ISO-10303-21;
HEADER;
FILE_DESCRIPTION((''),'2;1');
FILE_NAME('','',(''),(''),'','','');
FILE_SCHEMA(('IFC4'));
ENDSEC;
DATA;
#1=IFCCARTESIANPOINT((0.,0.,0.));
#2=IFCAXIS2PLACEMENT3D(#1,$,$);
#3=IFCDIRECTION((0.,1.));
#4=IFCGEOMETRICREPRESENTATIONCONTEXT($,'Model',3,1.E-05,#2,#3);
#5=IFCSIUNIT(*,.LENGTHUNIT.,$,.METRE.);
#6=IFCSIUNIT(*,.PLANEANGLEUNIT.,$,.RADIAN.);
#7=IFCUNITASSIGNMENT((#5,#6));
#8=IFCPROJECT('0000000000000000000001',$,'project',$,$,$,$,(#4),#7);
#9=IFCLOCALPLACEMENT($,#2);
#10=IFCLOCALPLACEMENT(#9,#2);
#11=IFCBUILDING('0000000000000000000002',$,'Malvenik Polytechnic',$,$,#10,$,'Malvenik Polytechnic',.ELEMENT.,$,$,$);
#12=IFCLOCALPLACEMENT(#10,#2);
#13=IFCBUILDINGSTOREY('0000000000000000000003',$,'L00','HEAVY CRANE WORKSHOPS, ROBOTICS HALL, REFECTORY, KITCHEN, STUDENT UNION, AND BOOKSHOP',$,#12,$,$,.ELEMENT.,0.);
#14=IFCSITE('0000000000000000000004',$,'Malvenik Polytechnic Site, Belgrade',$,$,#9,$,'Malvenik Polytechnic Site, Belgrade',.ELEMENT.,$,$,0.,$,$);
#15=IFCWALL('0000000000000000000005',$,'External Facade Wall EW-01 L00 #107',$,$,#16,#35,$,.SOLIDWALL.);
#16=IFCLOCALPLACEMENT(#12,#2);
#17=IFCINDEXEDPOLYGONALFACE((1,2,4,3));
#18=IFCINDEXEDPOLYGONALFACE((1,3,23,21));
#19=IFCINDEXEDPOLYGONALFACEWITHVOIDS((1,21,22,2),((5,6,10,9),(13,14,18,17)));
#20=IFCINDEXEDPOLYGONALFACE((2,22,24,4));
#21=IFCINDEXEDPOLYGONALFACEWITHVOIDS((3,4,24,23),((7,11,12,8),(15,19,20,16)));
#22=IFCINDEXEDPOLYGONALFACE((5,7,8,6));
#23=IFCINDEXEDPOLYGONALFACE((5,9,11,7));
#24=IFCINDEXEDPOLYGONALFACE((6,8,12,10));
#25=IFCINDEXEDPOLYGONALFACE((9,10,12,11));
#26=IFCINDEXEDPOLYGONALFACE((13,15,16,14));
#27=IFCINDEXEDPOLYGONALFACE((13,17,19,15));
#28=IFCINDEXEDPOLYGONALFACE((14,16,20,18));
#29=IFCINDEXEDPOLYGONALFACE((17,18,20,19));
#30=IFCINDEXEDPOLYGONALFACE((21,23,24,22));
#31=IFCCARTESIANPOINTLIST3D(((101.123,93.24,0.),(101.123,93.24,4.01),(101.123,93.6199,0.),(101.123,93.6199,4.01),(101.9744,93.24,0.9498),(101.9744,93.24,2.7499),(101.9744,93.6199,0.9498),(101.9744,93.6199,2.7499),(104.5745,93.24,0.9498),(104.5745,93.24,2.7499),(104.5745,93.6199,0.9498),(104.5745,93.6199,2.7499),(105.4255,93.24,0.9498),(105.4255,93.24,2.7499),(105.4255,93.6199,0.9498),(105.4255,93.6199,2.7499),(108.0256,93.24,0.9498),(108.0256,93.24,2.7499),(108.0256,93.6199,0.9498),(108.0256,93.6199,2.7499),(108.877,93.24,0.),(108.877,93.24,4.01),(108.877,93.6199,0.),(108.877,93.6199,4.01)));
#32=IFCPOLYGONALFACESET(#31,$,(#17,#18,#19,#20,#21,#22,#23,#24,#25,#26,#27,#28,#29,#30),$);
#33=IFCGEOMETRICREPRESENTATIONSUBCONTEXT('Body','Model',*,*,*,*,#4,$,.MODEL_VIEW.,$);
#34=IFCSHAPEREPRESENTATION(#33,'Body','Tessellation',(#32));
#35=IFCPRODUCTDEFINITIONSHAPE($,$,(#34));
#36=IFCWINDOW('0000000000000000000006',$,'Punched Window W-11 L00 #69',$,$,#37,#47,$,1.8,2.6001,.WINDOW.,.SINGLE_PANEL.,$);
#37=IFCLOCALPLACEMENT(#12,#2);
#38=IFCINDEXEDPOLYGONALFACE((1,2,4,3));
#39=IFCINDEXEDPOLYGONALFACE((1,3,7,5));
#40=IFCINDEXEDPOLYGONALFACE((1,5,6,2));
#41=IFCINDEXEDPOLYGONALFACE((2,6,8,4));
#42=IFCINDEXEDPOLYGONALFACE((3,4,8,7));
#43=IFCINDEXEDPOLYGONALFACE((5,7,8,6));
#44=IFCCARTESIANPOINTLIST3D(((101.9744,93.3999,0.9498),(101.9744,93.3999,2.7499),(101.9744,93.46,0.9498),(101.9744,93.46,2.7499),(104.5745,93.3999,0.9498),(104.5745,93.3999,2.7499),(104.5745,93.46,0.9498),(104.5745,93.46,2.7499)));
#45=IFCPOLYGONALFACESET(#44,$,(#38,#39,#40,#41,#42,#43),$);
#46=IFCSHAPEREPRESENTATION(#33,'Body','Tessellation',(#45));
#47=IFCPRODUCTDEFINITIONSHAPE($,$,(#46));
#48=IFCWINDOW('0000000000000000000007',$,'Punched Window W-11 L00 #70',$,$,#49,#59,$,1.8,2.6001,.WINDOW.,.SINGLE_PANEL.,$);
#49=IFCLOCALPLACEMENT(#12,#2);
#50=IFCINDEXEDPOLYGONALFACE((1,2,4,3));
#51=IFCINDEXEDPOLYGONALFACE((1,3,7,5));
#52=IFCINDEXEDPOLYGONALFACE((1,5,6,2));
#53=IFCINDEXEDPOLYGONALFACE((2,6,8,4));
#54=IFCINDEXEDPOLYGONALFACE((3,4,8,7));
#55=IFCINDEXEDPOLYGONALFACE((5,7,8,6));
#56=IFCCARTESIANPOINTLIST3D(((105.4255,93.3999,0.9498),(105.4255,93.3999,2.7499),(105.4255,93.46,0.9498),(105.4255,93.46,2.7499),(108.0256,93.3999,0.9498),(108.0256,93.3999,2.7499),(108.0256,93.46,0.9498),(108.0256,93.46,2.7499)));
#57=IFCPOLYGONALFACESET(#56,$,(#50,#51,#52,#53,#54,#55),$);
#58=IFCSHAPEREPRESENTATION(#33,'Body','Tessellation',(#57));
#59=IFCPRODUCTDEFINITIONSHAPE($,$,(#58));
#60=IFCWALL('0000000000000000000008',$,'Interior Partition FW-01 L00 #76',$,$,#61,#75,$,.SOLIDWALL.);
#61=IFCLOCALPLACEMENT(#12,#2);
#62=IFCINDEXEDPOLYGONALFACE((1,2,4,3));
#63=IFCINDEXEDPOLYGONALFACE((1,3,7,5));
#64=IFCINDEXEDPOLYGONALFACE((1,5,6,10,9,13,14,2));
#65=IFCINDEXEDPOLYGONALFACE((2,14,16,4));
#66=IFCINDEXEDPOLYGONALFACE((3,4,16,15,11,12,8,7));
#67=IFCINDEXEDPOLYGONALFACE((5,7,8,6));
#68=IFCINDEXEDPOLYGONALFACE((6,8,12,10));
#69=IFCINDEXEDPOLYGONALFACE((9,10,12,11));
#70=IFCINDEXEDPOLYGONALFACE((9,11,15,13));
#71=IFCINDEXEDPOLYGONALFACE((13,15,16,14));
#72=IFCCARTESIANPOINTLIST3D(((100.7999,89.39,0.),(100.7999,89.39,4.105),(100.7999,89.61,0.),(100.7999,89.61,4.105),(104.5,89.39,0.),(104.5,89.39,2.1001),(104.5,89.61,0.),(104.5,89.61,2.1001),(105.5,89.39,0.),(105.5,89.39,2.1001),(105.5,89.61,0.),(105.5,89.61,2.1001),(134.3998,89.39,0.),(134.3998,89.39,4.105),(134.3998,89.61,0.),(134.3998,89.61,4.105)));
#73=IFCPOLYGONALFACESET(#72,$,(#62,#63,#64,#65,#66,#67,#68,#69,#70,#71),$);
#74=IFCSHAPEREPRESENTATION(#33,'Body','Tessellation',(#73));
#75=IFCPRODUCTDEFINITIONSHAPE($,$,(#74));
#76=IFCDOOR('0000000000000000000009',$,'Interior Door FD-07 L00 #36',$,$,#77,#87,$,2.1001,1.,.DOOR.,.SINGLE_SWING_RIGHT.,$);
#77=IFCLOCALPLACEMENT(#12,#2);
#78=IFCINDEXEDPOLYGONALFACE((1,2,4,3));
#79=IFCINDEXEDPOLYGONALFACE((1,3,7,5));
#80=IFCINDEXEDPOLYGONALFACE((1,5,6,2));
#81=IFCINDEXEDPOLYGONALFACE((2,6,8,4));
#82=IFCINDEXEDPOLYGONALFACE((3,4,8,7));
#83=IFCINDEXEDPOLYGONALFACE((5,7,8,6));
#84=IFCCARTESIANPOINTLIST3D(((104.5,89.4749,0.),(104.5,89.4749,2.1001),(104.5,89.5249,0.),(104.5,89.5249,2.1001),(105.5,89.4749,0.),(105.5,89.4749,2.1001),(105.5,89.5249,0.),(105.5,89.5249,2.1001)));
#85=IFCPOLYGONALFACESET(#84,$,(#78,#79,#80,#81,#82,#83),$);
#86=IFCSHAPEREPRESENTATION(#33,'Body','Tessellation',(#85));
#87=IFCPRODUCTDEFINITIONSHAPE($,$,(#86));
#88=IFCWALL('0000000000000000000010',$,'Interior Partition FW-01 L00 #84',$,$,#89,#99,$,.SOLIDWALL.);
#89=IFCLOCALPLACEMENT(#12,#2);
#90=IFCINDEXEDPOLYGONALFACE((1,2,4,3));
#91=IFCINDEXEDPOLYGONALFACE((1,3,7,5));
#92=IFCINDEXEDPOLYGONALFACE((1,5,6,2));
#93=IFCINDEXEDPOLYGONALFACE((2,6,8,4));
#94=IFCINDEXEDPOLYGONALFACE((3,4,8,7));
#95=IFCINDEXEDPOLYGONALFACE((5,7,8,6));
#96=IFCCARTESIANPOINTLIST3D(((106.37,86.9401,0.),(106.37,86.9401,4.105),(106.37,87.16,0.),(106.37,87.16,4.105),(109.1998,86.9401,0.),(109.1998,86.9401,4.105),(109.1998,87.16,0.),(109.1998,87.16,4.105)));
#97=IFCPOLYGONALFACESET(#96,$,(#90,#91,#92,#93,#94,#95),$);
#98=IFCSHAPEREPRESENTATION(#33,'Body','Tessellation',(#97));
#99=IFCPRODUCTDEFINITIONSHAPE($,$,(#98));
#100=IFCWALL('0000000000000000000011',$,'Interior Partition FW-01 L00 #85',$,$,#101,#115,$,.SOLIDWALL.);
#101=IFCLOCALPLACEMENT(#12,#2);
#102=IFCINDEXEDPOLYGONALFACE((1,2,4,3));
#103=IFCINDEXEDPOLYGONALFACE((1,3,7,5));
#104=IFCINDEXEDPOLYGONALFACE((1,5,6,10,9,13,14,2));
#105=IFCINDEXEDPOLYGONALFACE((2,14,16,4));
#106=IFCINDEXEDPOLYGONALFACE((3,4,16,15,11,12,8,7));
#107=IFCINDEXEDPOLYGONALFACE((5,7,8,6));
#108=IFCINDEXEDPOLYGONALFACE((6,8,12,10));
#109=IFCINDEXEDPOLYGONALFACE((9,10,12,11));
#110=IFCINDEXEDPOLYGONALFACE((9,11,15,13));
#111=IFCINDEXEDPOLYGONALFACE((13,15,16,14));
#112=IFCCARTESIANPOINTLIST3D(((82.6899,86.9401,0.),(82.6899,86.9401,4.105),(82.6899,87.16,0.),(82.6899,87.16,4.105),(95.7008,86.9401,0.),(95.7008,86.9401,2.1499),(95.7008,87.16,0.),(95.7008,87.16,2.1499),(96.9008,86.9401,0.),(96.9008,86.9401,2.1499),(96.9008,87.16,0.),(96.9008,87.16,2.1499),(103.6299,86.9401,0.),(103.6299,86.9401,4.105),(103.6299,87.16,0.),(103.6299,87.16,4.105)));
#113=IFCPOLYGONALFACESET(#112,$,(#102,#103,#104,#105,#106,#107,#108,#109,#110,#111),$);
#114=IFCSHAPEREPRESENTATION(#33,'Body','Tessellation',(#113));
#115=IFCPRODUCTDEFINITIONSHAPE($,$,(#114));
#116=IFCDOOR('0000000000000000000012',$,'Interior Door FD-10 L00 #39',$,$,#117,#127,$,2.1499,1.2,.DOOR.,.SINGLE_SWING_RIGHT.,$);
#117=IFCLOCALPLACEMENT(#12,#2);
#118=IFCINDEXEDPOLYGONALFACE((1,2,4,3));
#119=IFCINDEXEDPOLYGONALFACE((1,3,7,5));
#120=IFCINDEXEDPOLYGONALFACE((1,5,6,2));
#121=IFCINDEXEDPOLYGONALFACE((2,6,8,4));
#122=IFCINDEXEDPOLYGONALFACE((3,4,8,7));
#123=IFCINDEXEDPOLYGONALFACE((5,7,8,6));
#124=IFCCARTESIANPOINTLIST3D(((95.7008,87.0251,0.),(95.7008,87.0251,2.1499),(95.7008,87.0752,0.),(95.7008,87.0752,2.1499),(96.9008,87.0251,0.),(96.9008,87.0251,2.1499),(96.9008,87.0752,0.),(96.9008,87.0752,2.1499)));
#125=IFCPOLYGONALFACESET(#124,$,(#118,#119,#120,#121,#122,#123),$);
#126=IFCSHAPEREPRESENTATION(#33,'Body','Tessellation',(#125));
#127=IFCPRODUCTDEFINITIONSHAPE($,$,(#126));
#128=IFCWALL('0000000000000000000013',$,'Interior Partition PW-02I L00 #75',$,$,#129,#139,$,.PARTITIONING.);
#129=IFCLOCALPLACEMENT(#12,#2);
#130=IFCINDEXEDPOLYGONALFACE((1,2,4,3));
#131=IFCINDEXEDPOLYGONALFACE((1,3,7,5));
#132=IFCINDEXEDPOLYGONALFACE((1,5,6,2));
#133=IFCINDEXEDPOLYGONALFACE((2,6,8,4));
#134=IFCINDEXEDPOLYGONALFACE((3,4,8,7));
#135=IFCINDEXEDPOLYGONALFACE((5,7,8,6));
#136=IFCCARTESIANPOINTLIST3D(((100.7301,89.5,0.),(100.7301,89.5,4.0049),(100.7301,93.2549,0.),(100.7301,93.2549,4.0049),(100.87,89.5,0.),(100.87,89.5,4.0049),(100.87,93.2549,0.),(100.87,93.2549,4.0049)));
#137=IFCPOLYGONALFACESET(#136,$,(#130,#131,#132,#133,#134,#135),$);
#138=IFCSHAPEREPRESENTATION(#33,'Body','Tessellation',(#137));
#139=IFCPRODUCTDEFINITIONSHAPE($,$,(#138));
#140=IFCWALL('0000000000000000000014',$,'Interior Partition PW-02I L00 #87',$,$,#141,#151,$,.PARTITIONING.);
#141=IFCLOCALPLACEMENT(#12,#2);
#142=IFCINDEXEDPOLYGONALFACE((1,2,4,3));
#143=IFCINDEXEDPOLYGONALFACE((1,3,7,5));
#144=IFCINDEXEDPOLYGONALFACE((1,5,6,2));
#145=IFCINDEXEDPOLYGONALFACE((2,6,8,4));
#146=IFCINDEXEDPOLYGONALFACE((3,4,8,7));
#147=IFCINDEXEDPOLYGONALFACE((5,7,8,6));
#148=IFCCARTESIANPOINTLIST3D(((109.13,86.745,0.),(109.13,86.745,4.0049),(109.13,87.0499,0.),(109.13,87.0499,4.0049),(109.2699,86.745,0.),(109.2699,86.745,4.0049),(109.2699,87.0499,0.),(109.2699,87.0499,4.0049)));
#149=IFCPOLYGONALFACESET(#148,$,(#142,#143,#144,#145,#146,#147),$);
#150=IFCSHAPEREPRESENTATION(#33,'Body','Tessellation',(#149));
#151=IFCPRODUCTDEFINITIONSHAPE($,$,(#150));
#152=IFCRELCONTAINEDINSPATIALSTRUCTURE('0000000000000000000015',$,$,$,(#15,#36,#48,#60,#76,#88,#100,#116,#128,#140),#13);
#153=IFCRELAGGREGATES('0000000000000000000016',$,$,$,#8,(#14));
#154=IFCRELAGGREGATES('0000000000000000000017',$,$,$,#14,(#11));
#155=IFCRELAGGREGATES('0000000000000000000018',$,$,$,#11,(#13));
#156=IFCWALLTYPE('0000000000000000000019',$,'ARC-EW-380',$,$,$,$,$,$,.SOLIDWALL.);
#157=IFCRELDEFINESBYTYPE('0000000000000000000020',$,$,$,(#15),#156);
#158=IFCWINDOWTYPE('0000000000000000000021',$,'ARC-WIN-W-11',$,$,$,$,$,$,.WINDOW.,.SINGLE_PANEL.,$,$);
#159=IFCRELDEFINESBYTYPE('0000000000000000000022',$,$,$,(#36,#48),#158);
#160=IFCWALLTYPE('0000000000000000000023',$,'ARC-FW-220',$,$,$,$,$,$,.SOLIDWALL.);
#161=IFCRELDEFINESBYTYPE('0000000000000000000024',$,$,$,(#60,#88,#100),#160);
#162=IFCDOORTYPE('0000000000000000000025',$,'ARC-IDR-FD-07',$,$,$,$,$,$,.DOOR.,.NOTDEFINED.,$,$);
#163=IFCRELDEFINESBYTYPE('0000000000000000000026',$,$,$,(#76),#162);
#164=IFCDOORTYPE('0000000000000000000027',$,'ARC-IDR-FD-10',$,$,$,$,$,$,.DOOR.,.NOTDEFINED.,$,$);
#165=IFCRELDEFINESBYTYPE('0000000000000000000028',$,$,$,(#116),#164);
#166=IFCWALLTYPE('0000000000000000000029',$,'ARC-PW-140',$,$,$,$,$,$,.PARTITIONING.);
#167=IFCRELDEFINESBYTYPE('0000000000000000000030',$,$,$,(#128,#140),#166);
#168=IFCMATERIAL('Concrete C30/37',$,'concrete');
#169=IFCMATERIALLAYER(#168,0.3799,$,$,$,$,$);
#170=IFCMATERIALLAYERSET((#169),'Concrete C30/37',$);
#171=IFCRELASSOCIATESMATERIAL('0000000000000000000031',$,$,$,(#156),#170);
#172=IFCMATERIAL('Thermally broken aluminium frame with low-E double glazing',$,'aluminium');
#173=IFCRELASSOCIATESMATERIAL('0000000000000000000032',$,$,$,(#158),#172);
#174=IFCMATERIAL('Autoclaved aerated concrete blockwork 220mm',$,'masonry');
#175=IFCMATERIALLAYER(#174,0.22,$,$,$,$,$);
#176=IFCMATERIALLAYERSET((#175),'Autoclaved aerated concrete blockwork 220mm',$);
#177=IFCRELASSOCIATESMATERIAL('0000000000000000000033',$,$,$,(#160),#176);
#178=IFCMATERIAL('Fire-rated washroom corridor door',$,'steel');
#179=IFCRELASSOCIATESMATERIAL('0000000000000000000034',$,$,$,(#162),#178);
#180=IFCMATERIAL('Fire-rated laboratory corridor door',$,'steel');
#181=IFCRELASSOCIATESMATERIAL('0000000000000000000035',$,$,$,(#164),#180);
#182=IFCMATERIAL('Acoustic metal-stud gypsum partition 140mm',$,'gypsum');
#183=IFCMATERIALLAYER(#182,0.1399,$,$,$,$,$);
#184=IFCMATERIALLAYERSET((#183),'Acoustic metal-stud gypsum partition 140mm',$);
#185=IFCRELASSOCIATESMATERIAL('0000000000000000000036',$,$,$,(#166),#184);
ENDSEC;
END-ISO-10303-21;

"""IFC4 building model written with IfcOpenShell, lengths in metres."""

from ifc_helpers import new_model, si_unit, direction, frame, frame_2d, origin, place, context, subcontext, project, spatial, rectangle, extrude, material, layer, layer_set, type_object, element, fill, save


model = new_model("IFC4")

# Units and contexts
model_context = context("Model", 3, precision=1e-05, world=origin(), true_north=direction((0.0, 1.0)))
body_context = subcontext(model_context, "Body", "Model", "MODEL_VIEW")
ifc_project = project(units=[si_unit("LENGTHUNIT", "METRE"), si_unit("PLANEANGLEUNIT", "RADIAN")], contexts=[model_context])

# Site, building, storey
site_placement = place(None, origin())
site = spatial("IfcSite", under=ifc_project, at=site_placement, Name="Malvenik Polytechnic Site, Belgrade", LongName="Malvenik Polytechnic Site, Belgrade", CompositionType="ELEMENT", RefElevation=0.0)
building_placement = place(site_placement, origin())
building = spatial("IfcBuilding", under=site, at=building_placement, Name="Malvenik Polytechnic", LongName="Malvenik Polytechnic", CompositionType="ELEMENT")
storey_placement = place(building_placement, origin())
storey = spatial("IfcBuildingStorey", under=building, at=storey_placement, Name="L00", Description="HEAVY CRANE WORKSHOPS, ROBOTICS HALL, REFECTORY, KITCHEN, STUDENT UNION, AND BOOKSHOP", CompositionType="ELEMENT", Elevation=0.0)

# Wall, openings, windows
ifc_material_1 = material(Name="Concrete C30/37", Category="concrete")
ifc_layer_1 = layer(ifc_material_1, 0.3799)
ifc_layer_set_1 = layer_set([ifc_layer_1], Name="Concrete C30/37")
wall_type_1 = type_object("IfcWallType", Name="ARC-EW-380", PredefinedType="SOLIDWALL", material=ifc_layer_set_1)
wall_1_placement = place(storey_placement, frame((101.123, 93.4299, 0.0), z_axis=(0.0, 0.0, 1.0), x_axis=(1.0, 0.0, 0.0)))
wall_1 = element("IfcWall", 1, at=wall_1_placement, inside=storey, type_object=wall_type_1, Name="External Facade Wall EW-01 L00 #107", PredefinedType="SOLIDWALL", context=body_context, shape_type="SweptSolid", body=[
    extrude(rectangle(XDim=7.7539, YDim=0.3799, at=frame_2d((3.877, 0.0))), origin(), (0.0, 0.0, 1.0), 4.01),
])
opening_1_placement = place(wall_1_placement, frame((0.8513, 0.0, 0.95)))
opening_1 = element("IfcOpeningElement", 2, at=opening_1_placement, cuts=wall_1, PredefinedType="OPENING", context=body_context, shape_type="SweptSolid", body=[
    extrude(rectangle(XDim=2.6001, YDim=1.8, at=frame_2d((1.3, 0.8999))), frame((0.0, 0.2, 0.0), z_axis=(0.0, -1.0, 0.0), x_axis=(1.0, 0.0, 0.0)), (0.0, 0.0, 1.0), 0.3999),
])
opening_2_placement = place(wall_1_placement, frame((4.3025, 0.0, 0.95)))
opening_2 = element("IfcOpeningElement", 3, at=opening_2_placement, cuts=wall_1, PredefinedType="OPENING", context=body_context, shape_type="SweptSolid", body=[
    extrude(rectangle(XDim=2.6001, YDim=1.8, at=frame_2d((1.3, 0.8999))), frame((0.0, 0.2, 0.0), z_axis=(0.0, -1.0, 0.0), x_axis=(1.0, 0.0, 0.0)), (0.0, 0.0, 1.0), 0.3999),
])
ifc_material_2 = material(Name="Thermally broken aluminium frame with low-E double glazing", Category="aluminium")
window_type = type_object("IfcWindowType", Name="ARC-WIN-W-11", PartitioningType="SINGLE_PANEL", PredefinedType="WINDOW", material=ifc_material_2)
window_1_placement = place(opening_1_placement, origin())
window_1 = element("IfcWindow", 4, at=window_1_placement, inside=storey, type_object=window_type, Name="Punched Window W-11 L00 #69", OverallHeight=1.8, OverallWidth=2.6001, PartitioningType="SINGLE_PANEL", PredefinedType="WINDOW", context=body_context, shape_type="SweptSolid", body=[
    extrude(rectangle(XDim=2.6001, YDim=1.8, at=frame_2d((1.3, 0.8999))), frame((0.0, 0.03, 0.0), z_axis=(0.0, -1.0, 0.0), x_axis=(1.0, 0.0, 0.0)), (0.0, 0.0, 1.0), 0.0601),
])
fill(opening_1, window_1)
window_2_placement = place(opening_2_placement, origin())
window_2 = element("IfcWindow", 5, at=window_2_placement, inside=storey, type_object=window_type, Name="Punched Window W-11 L00 #70", OverallHeight=1.8, OverallWidth=2.6001, PartitioningType="SINGLE_PANEL", PredefinedType="WINDOW", context=body_context, shape_type="SweptSolid", body=[
    extrude(rectangle(XDim=2.6001, YDim=1.8, at=frame_2d((1.3, 0.8999))), frame((0.0, 0.03, 0.0), z_axis=(0.0, -1.0, 0.0), x_axis=(1.0, 0.0, 0.0)), (0.0, 0.0, 1.0), 0.0601),
])
fill(opening_2, window_2)

# Wall, opening, door
ifc_material_3 = material(Name="Autoclaved aerated concrete blockwork 220mm", Category="masonry")
ifc_layer_2 = layer(ifc_material_3, 0.22)
ifc_layer_set_2 = layer_set([ifc_layer_2], Name="Autoclaved aerated concrete blockwork 220mm")
wall_type_2 = type_object("IfcWallType", Name="ARC-FW-220", PredefinedType="SOLIDWALL", material=ifc_layer_set_2)
wall_2_placement = place(storey_placement, frame((100.8, 89.5, 0.0), z_axis=(0.0, 0.0, 1.0), x_axis=(1.0, 0.0, 0.0)))
wall_2 = element("IfcWall", 6, at=wall_2_placement, inside=storey, type_object=wall_type_2, Name="Interior Partition FW-01 L00 #76", PredefinedType="SOLIDWALL", context=body_context, shape_type="SweptSolid", body=[
    extrude(rectangle(XDim=33.5999, YDim=0.22, at=frame_2d((16.7998, 0.0))), origin(), (0.0, 0.0, 1.0), 4.105),
])
opening_3_placement = place(wall_2_placement, frame((3.7, 0.0, 0.0)))
opening_3 = element("IfcOpeningElement", 7, at=opening_3_placement, cuts=wall_2, PredefinedType="OPENING", context=body_context, shape_type="SweptSolid", body=[
    extrude(rectangle(XDim=1.0, YDim=2.1001, at=frame_2d((0.5, 1.05))), frame((0.0, 0.1201, 0.0), z_axis=(0.0, -1.0, 0.0), x_axis=(1.0, 0.0, 0.0)), (0.0, 0.0, 1.0), 0.24),
])
ifc_material_4 = material(Name="Fire-rated washroom corridor door", Category="steel")
door_type_1 = type_object("IfcDoorType", Name="ARC-IDR-FD-07", OperationType="NOTDEFINED", PredefinedType="DOOR", material=ifc_material_4)
door_1_placement = place(opening_3_placement, origin())
door_1 = element("IfcDoor", 8, at=door_1_placement, inside=storey, type_object=door_type_1, Name="Interior Door FD-07 L00 #36", OperationType="SINGLE_SWING_RIGHT", OverallHeight=2.1001, OverallWidth=1.0, PredefinedType="DOOR", context=body_context, shape_type="SweptSolid", body=[
    extrude(rectangle(XDim=1.0, YDim=2.1001, at=frame_2d((0.5, 1.05))), frame((0.0, 0.0249, 0.0), z_axis=(0.0, -1.0, 0.0), x_axis=(1.0, 0.0, 0.0)), (0.0, 0.0, 1.0), 0.05),
])
fill(opening_3, door_1)

# Wall
wall_3_placement = place(storey_placement, frame((109.2, 87.05, 0.0), z_axis=(0.0, 0.0, 1.0), x_axis=(-1.0, 0.0, 0.0)))
element("IfcWall", 9, at=wall_3_placement, inside=storey, type_object=wall_type_2, Name="Interior Partition FW-01 L00 #84", PredefinedType="SOLIDWALL", context=body_context, shape_type="SweptSolid", body=[
    extrude(rectangle(XDim=2.8298, YDim=0.22, at=frame_2d((1.415, 0.0))), origin(), (0.0, 0.0, 1.0), 4.105),
])

# Wall, opening, door
wall_4_placement = place(storey_placement, frame((103.6299, 87.05, 0.0), z_axis=(0.0, 0.0, 1.0), x_axis=(-1.0, 0.0, 0.0)))
wall_4 = element("IfcWall", 10, at=wall_4_placement, inside=storey, type_object=wall_type_2, Name="Interior Partition FW-01 L00 #85", PredefinedType="SOLIDWALL", context=body_context, shape_type="SweptSolid", body=[
    extrude(rectangle(XDim=20.9399, YDim=0.22, at=frame_2d((10.47, 0.0))), origin(), (0.0, 0.0, 1.0), 4.105),
])
opening_4_placement = place(wall_4_placement, frame((6.729, 0.0, 0.0)))
opening_4 = element("IfcOpeningElement", 11, at=opening_4_placement, cuts=wall_4, PredefinedType="OPENING", context=body_context, shape_type="SweptSolid", body=[
    extrude(rectangle(XDim=1.2, YDim=2.1499, at=frame_2d((0.6001, 1.075))), frame((0.0, 0.1201, 0.0), z_axis=(0.0, -1.0, 0.0), x_axis=(1.0, 0.0, 0.0)), (0.0, 0.0, 1.0), 0.24),
])
ifc_material_5 = material(Name="Fire-rated laboratory corridor door", Category="steel")
door_type_2 = type_object("IfcDoorType", Name="ARC-IDR-FD-10", OperationType="NOTDEFINED", PredefinedType="DOOR", material=ifc_material_5)
door_2_placement = place(opening_4_placement, origin())
door_2 = element("IfcDoor", 12, at=door_2_placement, inside=storey, type_object=door_type_2, Name="Interior Door FD-10 L00 #39", OperationType="SINGLE_SWING_RIGHT", OverallHeight=2.1499, OverallWidth=1.2, PredefinedType="DOOR", context=body_context, shape_type="SweptSolid", body=[
    extrude(rectangle(XDim=1.2, YDim=2.1499, at=frame_2d((0.6001, 1.075))), frame((0.0, 0.0249, 0.0), z_axis=(0.0, -1.0, 0.0), x_axis=(1.0, 0.0, 0.0)), (0.0, 0.0, 1.0), 0.05),
])
fill(opening_4, door_2)

# Walls
ifc_material_6 = material(Name="Acoustic metal-stud gypsum partition 140mm", Category="gypsum")
ifc_layer_3 = layer(ifc_material_6, 0.1399)
ifc_layer_set_3 = layer_set([ifc_layer_3], Name="Acoustic metal-stud gypsum partition 140mm")
wall_type_3 = type_object("IfcWallType", Name="ARC-PW-140", PredefinedType="PARTITIONING", material=ifc_layer_set_3)
wall_5_placement = place(storey_placement, frame((100.8, 89.5, 0.0), z_axis=(0.0, 0.0, 1.0), x_axis=(0.0, 1.0, 0.0)))
element("IfcWall", 13, at=wall_5_placement, inside=storey, type_object=wall_type_3, Name="Interior Partition PW-02I L00 #75", PredefinedType="PARTITIONING", context=body_context, shape_type="SweptSolid", body=[
    extrude(rectangle(XDim=3.7549, YDim=0.1399, at=frame_2d((1.8774, 0.0))), origin(), (0.0, 0.0, 1.0), 4.0049),
])
wall_6_placement = place(storey_placement, frame((109.2, 86.7451, 0.0), z_axis=(0.0, 0.0, 1.0), x_axis=(0.0, 1.0, 0.0)))
element("IfcWall", 14, at=wall_6_placement, inside=storey, type_object=wall_type_3, Name="Interior Partition PW-02I L00 #87", PredefinedType="PARTITIONING", context=body_context, shape_type="SweptSolid", body=[
    extrude(rectangle(XDim=0.3049, YDim=0.1399, at=frame_2d((0.1523, 0.0))), origin(), (0.0, 0.0, 1.0), 4.0049),
])

save(model, "model.ifc")
